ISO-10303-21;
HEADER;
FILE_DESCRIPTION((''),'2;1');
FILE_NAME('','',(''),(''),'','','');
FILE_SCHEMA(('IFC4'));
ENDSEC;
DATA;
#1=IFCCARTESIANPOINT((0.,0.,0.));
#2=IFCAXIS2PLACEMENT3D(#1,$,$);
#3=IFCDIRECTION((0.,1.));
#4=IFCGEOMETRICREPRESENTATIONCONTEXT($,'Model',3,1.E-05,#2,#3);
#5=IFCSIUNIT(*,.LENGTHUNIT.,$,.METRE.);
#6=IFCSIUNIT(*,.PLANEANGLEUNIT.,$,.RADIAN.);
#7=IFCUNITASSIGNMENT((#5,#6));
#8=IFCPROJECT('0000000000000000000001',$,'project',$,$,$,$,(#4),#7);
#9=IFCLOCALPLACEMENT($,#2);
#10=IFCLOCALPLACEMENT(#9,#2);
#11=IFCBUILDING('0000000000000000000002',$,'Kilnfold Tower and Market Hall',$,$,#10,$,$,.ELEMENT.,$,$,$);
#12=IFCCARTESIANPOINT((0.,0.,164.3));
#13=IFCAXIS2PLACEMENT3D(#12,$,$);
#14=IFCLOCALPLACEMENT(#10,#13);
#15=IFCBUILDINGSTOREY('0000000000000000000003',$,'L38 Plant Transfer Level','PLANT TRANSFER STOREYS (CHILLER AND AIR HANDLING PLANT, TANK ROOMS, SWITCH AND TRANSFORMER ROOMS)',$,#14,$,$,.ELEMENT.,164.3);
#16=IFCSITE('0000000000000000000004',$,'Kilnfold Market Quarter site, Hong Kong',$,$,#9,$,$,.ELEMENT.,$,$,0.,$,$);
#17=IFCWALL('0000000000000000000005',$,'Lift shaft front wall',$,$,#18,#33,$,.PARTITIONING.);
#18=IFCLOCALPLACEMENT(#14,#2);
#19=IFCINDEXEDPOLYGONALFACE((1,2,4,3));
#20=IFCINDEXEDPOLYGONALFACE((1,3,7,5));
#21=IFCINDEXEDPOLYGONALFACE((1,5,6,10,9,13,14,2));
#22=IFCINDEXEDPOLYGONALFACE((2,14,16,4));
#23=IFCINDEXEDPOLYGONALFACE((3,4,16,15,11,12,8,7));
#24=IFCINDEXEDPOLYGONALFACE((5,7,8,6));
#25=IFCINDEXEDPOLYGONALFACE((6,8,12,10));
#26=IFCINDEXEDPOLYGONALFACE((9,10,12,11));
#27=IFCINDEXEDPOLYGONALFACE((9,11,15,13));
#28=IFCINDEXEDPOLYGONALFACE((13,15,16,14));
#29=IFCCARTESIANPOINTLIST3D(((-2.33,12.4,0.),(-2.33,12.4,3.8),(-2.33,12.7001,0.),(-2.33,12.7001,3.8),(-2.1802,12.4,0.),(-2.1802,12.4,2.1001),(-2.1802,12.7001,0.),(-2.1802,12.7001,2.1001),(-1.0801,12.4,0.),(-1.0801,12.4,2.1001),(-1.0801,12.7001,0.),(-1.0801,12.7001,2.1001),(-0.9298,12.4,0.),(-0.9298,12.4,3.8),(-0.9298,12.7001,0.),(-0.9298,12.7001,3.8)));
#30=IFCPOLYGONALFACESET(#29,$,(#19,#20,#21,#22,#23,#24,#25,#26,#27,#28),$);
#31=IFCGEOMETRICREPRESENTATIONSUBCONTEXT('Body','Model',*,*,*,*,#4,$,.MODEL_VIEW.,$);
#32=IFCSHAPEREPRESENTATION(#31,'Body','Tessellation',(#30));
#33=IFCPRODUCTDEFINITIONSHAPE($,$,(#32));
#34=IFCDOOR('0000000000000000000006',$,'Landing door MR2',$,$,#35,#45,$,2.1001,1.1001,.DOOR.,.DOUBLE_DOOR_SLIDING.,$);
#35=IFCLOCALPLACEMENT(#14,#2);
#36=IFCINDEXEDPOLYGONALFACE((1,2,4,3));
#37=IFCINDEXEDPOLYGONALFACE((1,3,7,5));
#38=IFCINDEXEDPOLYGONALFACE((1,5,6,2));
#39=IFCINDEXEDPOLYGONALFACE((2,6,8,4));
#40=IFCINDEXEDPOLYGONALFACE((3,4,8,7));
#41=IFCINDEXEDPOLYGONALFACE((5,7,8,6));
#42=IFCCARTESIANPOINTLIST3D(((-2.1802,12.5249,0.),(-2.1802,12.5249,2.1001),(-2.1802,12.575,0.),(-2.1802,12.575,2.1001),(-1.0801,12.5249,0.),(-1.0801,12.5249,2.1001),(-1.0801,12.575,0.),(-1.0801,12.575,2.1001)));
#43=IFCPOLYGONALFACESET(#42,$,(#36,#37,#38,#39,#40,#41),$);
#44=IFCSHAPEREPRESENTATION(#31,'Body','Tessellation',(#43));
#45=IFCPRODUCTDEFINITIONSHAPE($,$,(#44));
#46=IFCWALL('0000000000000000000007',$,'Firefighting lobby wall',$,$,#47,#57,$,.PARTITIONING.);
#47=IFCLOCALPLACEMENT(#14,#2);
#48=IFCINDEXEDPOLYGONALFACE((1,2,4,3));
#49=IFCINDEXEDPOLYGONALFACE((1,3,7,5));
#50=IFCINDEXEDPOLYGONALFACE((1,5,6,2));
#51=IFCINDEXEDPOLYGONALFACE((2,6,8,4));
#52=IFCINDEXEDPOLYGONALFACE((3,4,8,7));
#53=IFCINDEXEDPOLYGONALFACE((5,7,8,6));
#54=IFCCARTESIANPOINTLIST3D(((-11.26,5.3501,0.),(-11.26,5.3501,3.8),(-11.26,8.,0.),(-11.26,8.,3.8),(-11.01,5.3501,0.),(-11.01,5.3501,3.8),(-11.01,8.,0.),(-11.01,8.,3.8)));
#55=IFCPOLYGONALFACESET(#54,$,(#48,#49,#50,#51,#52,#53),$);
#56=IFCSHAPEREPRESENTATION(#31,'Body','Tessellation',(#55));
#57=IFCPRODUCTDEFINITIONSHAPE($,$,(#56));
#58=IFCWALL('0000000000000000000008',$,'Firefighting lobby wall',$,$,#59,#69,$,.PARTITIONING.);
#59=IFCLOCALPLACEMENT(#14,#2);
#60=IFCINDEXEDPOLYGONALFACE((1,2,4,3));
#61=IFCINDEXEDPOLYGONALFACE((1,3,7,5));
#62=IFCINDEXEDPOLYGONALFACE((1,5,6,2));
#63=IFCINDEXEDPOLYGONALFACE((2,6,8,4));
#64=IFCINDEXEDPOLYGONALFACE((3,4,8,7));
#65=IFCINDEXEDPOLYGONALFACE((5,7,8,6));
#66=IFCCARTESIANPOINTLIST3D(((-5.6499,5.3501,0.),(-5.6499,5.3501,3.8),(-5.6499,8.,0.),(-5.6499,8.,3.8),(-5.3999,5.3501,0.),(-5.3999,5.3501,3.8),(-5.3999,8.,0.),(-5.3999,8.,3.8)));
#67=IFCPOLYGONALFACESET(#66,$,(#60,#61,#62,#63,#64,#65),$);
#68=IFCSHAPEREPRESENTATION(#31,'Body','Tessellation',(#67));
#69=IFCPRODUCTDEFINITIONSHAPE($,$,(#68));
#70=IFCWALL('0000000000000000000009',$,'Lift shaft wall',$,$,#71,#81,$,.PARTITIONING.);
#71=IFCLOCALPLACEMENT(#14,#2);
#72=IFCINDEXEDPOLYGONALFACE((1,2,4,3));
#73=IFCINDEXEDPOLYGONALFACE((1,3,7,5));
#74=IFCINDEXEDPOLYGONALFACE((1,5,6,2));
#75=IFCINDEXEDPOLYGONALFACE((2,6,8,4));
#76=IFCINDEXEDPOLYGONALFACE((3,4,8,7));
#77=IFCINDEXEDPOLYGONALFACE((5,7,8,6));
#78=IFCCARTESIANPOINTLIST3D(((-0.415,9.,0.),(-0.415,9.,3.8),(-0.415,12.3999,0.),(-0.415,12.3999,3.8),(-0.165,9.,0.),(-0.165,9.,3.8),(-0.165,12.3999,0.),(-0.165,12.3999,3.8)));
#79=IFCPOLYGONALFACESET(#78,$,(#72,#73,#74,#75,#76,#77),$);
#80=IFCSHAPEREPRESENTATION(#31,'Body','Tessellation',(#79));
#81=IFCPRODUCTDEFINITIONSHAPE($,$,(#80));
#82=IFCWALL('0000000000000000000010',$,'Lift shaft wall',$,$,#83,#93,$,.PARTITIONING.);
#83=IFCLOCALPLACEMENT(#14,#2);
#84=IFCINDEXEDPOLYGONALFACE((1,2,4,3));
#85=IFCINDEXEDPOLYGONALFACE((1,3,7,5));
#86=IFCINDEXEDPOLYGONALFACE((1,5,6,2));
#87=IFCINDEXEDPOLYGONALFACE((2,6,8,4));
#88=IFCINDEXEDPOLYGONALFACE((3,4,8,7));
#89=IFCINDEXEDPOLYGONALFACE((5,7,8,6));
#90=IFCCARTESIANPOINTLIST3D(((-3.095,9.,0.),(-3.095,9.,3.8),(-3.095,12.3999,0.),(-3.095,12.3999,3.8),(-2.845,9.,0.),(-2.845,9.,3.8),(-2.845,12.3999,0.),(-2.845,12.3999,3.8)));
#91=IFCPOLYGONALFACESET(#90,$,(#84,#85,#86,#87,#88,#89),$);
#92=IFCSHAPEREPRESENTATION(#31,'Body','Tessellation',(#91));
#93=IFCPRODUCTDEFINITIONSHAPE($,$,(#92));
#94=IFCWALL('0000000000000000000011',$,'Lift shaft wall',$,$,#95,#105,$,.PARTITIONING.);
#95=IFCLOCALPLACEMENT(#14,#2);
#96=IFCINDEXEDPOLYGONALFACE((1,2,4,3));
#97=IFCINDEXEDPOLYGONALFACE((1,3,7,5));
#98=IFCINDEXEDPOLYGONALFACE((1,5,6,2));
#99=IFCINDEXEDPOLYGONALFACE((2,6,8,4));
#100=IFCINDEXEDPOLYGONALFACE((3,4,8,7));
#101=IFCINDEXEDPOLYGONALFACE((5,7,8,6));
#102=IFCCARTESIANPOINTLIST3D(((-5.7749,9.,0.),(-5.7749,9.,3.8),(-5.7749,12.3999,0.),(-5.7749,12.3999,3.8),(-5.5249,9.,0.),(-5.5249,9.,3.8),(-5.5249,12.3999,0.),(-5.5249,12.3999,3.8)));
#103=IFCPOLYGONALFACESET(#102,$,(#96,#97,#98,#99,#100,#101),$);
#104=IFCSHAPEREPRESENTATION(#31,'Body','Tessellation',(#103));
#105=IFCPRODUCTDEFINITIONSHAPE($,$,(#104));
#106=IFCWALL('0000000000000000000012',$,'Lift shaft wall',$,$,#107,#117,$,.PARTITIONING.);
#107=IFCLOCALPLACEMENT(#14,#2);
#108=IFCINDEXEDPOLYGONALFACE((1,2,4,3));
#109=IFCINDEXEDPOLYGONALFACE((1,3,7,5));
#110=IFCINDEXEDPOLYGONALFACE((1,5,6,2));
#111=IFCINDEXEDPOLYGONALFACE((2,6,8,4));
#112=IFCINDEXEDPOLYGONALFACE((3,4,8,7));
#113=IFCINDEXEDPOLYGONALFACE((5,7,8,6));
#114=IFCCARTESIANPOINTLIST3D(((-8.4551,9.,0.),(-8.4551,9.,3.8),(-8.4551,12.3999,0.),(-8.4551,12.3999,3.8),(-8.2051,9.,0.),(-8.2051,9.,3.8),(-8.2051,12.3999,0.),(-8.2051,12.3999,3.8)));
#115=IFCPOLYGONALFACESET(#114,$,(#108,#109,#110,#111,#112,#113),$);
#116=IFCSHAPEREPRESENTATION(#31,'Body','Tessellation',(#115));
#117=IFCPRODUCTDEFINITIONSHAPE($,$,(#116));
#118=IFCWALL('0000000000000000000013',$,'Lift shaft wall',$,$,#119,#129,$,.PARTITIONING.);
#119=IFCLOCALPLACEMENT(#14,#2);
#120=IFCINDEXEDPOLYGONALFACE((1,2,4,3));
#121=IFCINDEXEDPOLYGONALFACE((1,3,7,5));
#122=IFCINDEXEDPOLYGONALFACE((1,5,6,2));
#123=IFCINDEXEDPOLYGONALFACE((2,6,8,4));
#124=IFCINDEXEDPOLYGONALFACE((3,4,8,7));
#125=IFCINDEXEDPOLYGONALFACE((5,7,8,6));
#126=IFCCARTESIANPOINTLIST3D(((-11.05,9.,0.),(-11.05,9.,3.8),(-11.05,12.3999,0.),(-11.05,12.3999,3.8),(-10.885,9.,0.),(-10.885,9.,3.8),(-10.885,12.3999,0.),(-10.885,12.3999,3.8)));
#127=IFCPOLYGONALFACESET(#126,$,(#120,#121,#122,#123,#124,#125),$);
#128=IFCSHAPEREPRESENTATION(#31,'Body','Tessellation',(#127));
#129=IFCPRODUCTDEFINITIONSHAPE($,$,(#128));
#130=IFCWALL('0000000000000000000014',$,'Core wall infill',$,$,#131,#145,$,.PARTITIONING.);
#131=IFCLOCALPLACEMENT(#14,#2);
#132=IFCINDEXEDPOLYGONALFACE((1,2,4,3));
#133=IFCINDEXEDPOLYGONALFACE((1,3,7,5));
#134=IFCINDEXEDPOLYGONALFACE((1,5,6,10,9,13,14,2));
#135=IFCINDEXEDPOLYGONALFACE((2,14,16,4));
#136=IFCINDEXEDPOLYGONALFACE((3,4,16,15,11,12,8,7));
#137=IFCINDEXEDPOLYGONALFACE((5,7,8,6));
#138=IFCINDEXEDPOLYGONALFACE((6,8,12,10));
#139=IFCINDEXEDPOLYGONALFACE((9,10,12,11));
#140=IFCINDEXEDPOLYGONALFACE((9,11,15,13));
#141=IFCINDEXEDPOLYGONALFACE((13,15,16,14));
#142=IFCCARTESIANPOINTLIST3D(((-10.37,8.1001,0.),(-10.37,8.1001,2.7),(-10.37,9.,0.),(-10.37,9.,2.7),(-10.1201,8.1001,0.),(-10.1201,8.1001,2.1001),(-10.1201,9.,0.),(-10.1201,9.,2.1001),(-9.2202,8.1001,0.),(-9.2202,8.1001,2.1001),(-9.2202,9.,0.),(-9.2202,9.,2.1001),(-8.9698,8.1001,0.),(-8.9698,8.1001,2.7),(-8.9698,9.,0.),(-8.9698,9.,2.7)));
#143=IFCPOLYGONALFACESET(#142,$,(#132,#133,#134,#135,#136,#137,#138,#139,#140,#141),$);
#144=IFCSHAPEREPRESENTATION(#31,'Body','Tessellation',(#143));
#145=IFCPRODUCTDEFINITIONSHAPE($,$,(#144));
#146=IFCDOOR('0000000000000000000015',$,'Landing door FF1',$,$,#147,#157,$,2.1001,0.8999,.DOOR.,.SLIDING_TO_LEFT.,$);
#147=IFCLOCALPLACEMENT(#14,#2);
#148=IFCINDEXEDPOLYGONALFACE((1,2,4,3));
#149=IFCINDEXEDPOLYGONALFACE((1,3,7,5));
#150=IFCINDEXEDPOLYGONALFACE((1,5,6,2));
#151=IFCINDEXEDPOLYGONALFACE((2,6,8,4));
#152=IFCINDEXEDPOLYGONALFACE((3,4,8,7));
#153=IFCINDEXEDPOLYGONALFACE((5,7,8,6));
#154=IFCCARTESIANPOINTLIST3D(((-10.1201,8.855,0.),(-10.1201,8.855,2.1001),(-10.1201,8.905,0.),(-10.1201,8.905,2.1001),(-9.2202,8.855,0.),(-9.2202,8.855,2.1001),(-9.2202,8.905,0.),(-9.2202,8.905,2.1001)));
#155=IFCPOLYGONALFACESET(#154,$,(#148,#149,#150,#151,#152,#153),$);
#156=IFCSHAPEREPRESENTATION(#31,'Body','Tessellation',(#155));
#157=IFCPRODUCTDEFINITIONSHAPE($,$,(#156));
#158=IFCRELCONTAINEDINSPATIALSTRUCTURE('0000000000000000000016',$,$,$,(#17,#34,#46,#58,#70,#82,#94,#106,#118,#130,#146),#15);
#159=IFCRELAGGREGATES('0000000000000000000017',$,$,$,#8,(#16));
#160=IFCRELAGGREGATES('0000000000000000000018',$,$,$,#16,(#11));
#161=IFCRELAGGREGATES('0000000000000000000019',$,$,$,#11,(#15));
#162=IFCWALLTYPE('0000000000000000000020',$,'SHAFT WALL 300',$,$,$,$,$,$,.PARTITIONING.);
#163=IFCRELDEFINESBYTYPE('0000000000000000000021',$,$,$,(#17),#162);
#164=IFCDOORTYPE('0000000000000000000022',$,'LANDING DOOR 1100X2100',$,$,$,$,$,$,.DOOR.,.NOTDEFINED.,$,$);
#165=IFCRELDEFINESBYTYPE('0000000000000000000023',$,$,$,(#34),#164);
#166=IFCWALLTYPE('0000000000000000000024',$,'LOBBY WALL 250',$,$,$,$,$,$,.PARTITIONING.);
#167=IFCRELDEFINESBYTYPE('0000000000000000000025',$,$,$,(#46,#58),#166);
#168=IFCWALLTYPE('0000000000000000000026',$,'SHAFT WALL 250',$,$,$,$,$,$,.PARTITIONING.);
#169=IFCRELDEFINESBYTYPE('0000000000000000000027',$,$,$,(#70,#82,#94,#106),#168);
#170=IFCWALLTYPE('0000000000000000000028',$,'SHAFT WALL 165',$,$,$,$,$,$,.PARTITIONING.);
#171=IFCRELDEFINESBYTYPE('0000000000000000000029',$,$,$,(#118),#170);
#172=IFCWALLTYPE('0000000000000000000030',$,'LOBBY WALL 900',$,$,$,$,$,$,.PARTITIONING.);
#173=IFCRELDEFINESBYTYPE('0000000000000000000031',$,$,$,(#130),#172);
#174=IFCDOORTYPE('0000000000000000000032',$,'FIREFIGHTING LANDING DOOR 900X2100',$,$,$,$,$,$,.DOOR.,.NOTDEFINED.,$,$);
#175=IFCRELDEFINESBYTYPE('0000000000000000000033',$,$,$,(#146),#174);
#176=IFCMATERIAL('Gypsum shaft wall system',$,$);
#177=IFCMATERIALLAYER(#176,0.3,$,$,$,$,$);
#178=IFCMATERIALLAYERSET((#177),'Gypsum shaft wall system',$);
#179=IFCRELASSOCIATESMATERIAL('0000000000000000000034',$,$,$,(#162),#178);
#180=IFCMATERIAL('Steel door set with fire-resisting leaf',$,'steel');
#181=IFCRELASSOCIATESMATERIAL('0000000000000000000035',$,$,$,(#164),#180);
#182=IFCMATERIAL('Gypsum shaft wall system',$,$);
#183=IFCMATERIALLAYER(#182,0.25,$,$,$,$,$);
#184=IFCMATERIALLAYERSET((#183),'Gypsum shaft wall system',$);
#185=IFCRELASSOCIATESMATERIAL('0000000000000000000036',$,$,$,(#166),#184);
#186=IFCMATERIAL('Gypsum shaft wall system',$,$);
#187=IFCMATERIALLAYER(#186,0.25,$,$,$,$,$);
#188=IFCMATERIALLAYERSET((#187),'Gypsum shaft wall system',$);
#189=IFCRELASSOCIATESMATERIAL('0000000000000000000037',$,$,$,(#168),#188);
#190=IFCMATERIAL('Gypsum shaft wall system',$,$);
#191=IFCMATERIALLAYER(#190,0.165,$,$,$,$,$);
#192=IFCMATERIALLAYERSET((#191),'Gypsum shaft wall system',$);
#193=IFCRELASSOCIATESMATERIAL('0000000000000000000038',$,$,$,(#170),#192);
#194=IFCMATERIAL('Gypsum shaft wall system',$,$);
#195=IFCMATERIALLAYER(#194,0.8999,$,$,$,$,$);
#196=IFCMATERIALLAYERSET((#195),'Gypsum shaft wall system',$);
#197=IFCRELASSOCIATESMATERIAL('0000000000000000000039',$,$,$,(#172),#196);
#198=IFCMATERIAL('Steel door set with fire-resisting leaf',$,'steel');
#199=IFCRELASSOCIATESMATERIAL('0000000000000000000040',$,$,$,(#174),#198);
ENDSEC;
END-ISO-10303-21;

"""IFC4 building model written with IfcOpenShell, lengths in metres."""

from ifc_helpers import new_model, si_unit, direction, frame, frame_2d, origin, place, context, subcontext, project, spatial, rectangle, extrude, source, transform, mapped, material, layer, layer_set, type_object, element, fill, save


model = new_model("IFC4")

# Units and contexts
model_context = context("Model", 3, precision=1e-05, world=origin(), true_north=direction((0.0, 1.0)))
body_context = subcontext(model_context, "Body", "Model", "MODEL_VIEW")
ifc_project = project(units=[si_unit("LENGTHUNIT", "METRE"), si_unit("PLANEANGLEUNIT", "RADIAN")], contexts=[model_context])

# Site, building, storey
site_placement = place(None, origin())
site = spatial("IfcSite", under=ifc_project, at=site_placement, Name="Kilnfold Market Quarter site, Hong Kong", CompositionType="ELEMENT", RefElevation=0.0)
building_placement = place(site_placement, origin())
building = spatial("IfcBuilding", under=site, at=building_placement, Name="Kilnfold Tower and Market Hall", CompositionType="ELEMENT")
storey_placement = place(building_placement, frame((0.0, 0.0, 164.3)))
storey = spatial("IfcBuildingStorey", under=building, at=storey_placement, Name="L38 Plant Transfer Level", Description="PLANT TRANSFER STOREYS (CHILLER AND AIR HANDLING PLANT, TANK ROOMS, SWITCH AND TRANSFORMER ROOMS)", CompositionType="ELEMENT", Elevation=164.3)

# Wall, opening, door
ifc_material_1 = material(Name="Gypsum shaft wall system")
ifc_layer_1 = layer(ifc_material_1, 0.3)
ifc_layer_set_1 = layer_set([ifc_layer_1], Name="Gypsum shaft wall system")
wall_type_1 = type_object("IfcWallType", Name="SHAFT WALL 300", PredefinedType="PARTITIONING", material=ifc_layer_set_1)
ifc_material_2 = material(Name="Steel door set with fire-resisting leaf", Category="steel")
door_type_1 = type_object("IfcDoorType", Name="LANDING DOOR 1100X2100", OperationType="NOTDEFINED", PredefinedType="DOOR", material=ifc_material_2)
shared_shape_1 = source(origin(), body_context, "Body", "SweptSolid", [
    extrude(rectangle(XDim=1.4001, YDim=0.3, at=frame_2d((0.7002, 0.0))), origin(), (0.0, 0.0, 1.0), 3.8),
])
wall_1_placement = place(storey_placement, frame((-2.3301, 12.55, 0.0), z_axis=(0.0, 0.0, 1.0), x_axis=(1.0, 0.0, 0.0)))
wall_1 = element("IfcWall", 1, at=wall_1_placement, inside=storey, type_object=wall_type_1, Name="Lift shaft front wall", PredefinedType="PARTITIONING", context=body_context, shape_type="MappedRepresentation", body=[
    mapped(shared_shape_1, transform((0.0, 0.0, 0.0))),
])
opening_1_placement = place(wall_1_placement, frame((0.1499, 0.0, 0.0)))
opening_1 = element("IfcOpeningElement", 2, at=opening_1_placement, cuts=wall_1, PredefinedType="OPENING", context=body_context, shape_type="SweptSolid", body=[
    extrude(rectangle(XDim=1.1001, YDim=2.1001, at=frame_2d((0.55, 1.05))), frame((0.0, 0.1602, 0.0), z_axis=(0.0, -1.0, 0.0), x_axis=(1.0, 0.0, 0.0)), (0.0, 0.0, 1.0), 0.3201),
])
door_1_placement = place(opening_1_placement, origin())
door_1 = element("IfcDoor", 3, at=door_1_placement, inside=storey, type_object=door_type_1, Name="Landing door MR2", OperationType="DOUBLE_DOOR_SLIDING", OverallHeight=2.1001, OverallWidth=1.1001, PredefinedType="DOOR", context=body_context, shape_type="SweptSolid", body=[
    extrude(rectangle(XDim=1.1001, YDim=2.1001, at=frame_2d((0.55, 1.05))), frame((0.0, 0.0249, 0.0), z_axis=(0.0, -1.0, 0.0), x_axis=(1.0, 0.0, 0.0)), (0.0, 0.0, 1.0), 0.05),
])
fill(opening_1, door_1)

# Walls
ifc_material_3 = material(Name="Gypsum shaft wall system")
ifc_layer_2 = layer(ifc_material_3, 0.25)
ifc_layer_set_2 = layer_set([ifc_layer_2], Name="Gypsum shaft wall system")
wall_type_2 = type_object("IfcWallType", Name="LOBBY WALL 250", PredefinedType="PARTITIONING", material=ifc_layer_set_2)
shared_shape_2 = source(origin(), body_context, "Body", "SweptSolid", [
    extrude(rectangle(XDim=2.6499, YDim=0.25, at=frame_2d((1.325, 0.0))), origin(), (0.0, 0.0, 1.0), 3.8),
])
for number, where, z_axis, x_axis, name in (
    (4, (-11.135, 5.3501, 0.0), (0.0, 0.0, 1.0), (0.0, 1.0, 0.0), "Firefighting lobby wall"),
    (5, (-5.5249, 5.3501, 0.0), (0.0, 0.0, 1.0), (0.0, 1.0, 0.0), "Firefighting lobby wall"),
):
    element("IfcWall", number, at=place(storey_placement, frame(where, z_axis=z_axis, x_axis=x_axis)), inside=storey, type_object=wall_type_2, Name=name, PredefinedType="PARTITIONING", context=body_context, shape_type="MappedRepresentation", body=[
        mapped(shared_shape_2, transform((0.0, 0.0, 0.0))),
    ])
ifc_material_4 = material(Name="Gypsum shaft wall system")
ifc_layer_3 = layer(ifc_material_4, 0.25)
ifc_layer_set_3 = layer_set([ifc_layer_3], Name="Gypsum shaft wall system")
wall_type_3 = type_object("IfcWallType", Name="SHAFT WALL 250", PredefinedType="PARTITIONING", material=ifc_layer_set_3)
shared_shape_3 = source(origin(), body_context, "Body", "SweptSolid", [
    extrude(rectangle(XDim=3.3999, YDim=0.25, at=frame_2d((1.7, 0.0))), origin(), (0.0, 0.0, 1.0), 3.8),
])
for number, where, z_axis, x_axis, name in (
    (6, (-0.29, 9.0, 0.0), (0.0, 0.0, 1.0), (0.0, 1.0, 0.0), "Lift shaft wall"),
    (7, (-2.97, 9.0, 0.0), (0.0, 0.0, 1.0), (0.0, 1.0, 0.0), "Lift shaft wall"),
    (8, (-5.6499, 9.0, 0.0), (0.0, 0.0, 1.0), (0.0, 1.0, 0.0), "Lift shaft wall"),
    (9, (-8.3301, 9.0, 0.0), (0.0, 0.0, 1.0), (0.0, 1.0, 0.0), "Lift shaft wall"),
):
    element("IfcWall", number, at=place(storey_placement, frame(where, z_axis=z_axis, x_axis=x_axis)), inside=storey, type_object=wall_type_3, Name=name, PredefinedType="PARTITIONING", context=body_context, shape_type="MappedRepresentation", body=[
        mapped(shared_shape_3, transform((0.0, 0.0, 0.0))),
    ])
ifc_material_5 = material(Name="Gypsum shaft wall system")
ifc_layer_4 = layer(ifc_material_5, 0.165)
ifc_layer_set_4 = layer_set([ifc_layer_4], Name="Gypsum shaft wall system")
wall_type_4 = type_object("IfcWallType", Name="SHAFT WALL 165", PredefinedType="PARTITIONING", material=ifc_layer_set_4)
shared_shape_4 = source(origin(), body_context, "Body", "SweptSolid", [
    extrude(rectangle(XDim=3.3999, YDim=0.165, at=frame_2d((1.7, 0.0))), origin(), (0.0, 0.0, 1.0), 3.8),
])
wall_2_placement = place(storey_placement, frame((-10.9675, 9.0, 0.0), z_axis=(0.0, 0.0, 1.0), x_axis=(0.0, 1.0, 0.0)))
element("IfcWall", 10, at=wall_2_placement, inside=storey, type_object=wall_type_4, Name="Lift shaft wall", PredefinedType="PARTITIONING", context=body_context, shape_type="MappedRepresentation", body=[
    mapped(shared_shape_4, transform((0.0, 0.0, 0.0))),
])

# Wall, opening, door
ifc_material_6 = material(Name="Gypsum shaft wall system")
ifc_layer_5 = layer(ifc_material_6, 0.8999)
ifc_layer_set_5 = layer_set([ifc_layer_5], Name="Gypsum shaft wall system")
wall_type_5 = type_object("IfcWallType", Name="LOBBY WALL 900", PredefinedType="PARTITIONING", material=ifc_layer_set_5)
shared_shape_5 = source(origin(), body_context, "Body", "SweptSolid", [
    extrude(rectangle(XDim=1.4001, YDim=0.8999, at=frame_2d((0.7002, 0.0))), origin(), (0.0, 0.0, 1.0), 2.7),
])
wall_3_placement = place(storey_placement, frame((-10.3701, 8.55, 0.0), z_axis=(0.0, 0.0, 1.0), x_axis=(1.0, 0.0, 0.0)))
wall_3 = element("IfcWall", 11, at=wall_3_placement, inside=storey, type_object=wall_type_5, Name="Core wall infill", PredefinedType="PARTITIONING", context=body_context, shape_type="MappedRepresentation", body=[
    mapped(shared_shape_5, transform((0.0, 0.0, 0.0))),
])
opening_2_placement = place(wall_3_placement, frame((0.25, 0.0, 0.0)))
opening_2 = element("IfcOpeningElement", 12, at=opening_2_placement, cuts=wall_3, PredefinedType="OPENING", context=body_context, shape_type="SweptSolid", body=[
    extrude(rectangle(XDim=0.8999, YDim=2.1001, at=frame_2d((0.45, 1.05))), frame((0.0, 0.46, 0.0), z_axis=(0.0, -1.0, 0.0), x_axis=(1.0, 0.0, 0.0)), (0.0, 0.0, 1.0), 0.9199),
])
ifc_material_7 = material(Name="Steel door set with fire-resisting leaf", Category="steel")
door_type_2 = type_object("IfcDoorType", Name="FIREFIGHTING LANDING DOOR 900X2100", OperationType="NOTDEFINED", PredefinedType="DOOR", material=ifc_material_7)
door_2_placement = place(opening_2_placement, origin())
door_2 = element("IfcDoor", 13, at=door_2_placement, inside=storey, type_object=door_type_2, Name="Landing door FF1", OperationType="SLIDING_TO_LEFT", OverallHeight=2.1001, OverallWidth=0.8999, PredefinedType="DOOR", context=body_context, shape_type="SweptSolid", body=[
    extrude(rectangle(XDim=0.8999, YDim=2.1001, at=frame_2d((0.45, 1.05))), frame((0.0, 0.355, 0.0), z_axis=(0.0, -1.0, 0.0), x_axis=(1.0, 0.0, 0.0)), (0.0, 0.0, 1.0), 0.05),
])
fill(opening_2, door_2)

save(model, "model.ifc")
